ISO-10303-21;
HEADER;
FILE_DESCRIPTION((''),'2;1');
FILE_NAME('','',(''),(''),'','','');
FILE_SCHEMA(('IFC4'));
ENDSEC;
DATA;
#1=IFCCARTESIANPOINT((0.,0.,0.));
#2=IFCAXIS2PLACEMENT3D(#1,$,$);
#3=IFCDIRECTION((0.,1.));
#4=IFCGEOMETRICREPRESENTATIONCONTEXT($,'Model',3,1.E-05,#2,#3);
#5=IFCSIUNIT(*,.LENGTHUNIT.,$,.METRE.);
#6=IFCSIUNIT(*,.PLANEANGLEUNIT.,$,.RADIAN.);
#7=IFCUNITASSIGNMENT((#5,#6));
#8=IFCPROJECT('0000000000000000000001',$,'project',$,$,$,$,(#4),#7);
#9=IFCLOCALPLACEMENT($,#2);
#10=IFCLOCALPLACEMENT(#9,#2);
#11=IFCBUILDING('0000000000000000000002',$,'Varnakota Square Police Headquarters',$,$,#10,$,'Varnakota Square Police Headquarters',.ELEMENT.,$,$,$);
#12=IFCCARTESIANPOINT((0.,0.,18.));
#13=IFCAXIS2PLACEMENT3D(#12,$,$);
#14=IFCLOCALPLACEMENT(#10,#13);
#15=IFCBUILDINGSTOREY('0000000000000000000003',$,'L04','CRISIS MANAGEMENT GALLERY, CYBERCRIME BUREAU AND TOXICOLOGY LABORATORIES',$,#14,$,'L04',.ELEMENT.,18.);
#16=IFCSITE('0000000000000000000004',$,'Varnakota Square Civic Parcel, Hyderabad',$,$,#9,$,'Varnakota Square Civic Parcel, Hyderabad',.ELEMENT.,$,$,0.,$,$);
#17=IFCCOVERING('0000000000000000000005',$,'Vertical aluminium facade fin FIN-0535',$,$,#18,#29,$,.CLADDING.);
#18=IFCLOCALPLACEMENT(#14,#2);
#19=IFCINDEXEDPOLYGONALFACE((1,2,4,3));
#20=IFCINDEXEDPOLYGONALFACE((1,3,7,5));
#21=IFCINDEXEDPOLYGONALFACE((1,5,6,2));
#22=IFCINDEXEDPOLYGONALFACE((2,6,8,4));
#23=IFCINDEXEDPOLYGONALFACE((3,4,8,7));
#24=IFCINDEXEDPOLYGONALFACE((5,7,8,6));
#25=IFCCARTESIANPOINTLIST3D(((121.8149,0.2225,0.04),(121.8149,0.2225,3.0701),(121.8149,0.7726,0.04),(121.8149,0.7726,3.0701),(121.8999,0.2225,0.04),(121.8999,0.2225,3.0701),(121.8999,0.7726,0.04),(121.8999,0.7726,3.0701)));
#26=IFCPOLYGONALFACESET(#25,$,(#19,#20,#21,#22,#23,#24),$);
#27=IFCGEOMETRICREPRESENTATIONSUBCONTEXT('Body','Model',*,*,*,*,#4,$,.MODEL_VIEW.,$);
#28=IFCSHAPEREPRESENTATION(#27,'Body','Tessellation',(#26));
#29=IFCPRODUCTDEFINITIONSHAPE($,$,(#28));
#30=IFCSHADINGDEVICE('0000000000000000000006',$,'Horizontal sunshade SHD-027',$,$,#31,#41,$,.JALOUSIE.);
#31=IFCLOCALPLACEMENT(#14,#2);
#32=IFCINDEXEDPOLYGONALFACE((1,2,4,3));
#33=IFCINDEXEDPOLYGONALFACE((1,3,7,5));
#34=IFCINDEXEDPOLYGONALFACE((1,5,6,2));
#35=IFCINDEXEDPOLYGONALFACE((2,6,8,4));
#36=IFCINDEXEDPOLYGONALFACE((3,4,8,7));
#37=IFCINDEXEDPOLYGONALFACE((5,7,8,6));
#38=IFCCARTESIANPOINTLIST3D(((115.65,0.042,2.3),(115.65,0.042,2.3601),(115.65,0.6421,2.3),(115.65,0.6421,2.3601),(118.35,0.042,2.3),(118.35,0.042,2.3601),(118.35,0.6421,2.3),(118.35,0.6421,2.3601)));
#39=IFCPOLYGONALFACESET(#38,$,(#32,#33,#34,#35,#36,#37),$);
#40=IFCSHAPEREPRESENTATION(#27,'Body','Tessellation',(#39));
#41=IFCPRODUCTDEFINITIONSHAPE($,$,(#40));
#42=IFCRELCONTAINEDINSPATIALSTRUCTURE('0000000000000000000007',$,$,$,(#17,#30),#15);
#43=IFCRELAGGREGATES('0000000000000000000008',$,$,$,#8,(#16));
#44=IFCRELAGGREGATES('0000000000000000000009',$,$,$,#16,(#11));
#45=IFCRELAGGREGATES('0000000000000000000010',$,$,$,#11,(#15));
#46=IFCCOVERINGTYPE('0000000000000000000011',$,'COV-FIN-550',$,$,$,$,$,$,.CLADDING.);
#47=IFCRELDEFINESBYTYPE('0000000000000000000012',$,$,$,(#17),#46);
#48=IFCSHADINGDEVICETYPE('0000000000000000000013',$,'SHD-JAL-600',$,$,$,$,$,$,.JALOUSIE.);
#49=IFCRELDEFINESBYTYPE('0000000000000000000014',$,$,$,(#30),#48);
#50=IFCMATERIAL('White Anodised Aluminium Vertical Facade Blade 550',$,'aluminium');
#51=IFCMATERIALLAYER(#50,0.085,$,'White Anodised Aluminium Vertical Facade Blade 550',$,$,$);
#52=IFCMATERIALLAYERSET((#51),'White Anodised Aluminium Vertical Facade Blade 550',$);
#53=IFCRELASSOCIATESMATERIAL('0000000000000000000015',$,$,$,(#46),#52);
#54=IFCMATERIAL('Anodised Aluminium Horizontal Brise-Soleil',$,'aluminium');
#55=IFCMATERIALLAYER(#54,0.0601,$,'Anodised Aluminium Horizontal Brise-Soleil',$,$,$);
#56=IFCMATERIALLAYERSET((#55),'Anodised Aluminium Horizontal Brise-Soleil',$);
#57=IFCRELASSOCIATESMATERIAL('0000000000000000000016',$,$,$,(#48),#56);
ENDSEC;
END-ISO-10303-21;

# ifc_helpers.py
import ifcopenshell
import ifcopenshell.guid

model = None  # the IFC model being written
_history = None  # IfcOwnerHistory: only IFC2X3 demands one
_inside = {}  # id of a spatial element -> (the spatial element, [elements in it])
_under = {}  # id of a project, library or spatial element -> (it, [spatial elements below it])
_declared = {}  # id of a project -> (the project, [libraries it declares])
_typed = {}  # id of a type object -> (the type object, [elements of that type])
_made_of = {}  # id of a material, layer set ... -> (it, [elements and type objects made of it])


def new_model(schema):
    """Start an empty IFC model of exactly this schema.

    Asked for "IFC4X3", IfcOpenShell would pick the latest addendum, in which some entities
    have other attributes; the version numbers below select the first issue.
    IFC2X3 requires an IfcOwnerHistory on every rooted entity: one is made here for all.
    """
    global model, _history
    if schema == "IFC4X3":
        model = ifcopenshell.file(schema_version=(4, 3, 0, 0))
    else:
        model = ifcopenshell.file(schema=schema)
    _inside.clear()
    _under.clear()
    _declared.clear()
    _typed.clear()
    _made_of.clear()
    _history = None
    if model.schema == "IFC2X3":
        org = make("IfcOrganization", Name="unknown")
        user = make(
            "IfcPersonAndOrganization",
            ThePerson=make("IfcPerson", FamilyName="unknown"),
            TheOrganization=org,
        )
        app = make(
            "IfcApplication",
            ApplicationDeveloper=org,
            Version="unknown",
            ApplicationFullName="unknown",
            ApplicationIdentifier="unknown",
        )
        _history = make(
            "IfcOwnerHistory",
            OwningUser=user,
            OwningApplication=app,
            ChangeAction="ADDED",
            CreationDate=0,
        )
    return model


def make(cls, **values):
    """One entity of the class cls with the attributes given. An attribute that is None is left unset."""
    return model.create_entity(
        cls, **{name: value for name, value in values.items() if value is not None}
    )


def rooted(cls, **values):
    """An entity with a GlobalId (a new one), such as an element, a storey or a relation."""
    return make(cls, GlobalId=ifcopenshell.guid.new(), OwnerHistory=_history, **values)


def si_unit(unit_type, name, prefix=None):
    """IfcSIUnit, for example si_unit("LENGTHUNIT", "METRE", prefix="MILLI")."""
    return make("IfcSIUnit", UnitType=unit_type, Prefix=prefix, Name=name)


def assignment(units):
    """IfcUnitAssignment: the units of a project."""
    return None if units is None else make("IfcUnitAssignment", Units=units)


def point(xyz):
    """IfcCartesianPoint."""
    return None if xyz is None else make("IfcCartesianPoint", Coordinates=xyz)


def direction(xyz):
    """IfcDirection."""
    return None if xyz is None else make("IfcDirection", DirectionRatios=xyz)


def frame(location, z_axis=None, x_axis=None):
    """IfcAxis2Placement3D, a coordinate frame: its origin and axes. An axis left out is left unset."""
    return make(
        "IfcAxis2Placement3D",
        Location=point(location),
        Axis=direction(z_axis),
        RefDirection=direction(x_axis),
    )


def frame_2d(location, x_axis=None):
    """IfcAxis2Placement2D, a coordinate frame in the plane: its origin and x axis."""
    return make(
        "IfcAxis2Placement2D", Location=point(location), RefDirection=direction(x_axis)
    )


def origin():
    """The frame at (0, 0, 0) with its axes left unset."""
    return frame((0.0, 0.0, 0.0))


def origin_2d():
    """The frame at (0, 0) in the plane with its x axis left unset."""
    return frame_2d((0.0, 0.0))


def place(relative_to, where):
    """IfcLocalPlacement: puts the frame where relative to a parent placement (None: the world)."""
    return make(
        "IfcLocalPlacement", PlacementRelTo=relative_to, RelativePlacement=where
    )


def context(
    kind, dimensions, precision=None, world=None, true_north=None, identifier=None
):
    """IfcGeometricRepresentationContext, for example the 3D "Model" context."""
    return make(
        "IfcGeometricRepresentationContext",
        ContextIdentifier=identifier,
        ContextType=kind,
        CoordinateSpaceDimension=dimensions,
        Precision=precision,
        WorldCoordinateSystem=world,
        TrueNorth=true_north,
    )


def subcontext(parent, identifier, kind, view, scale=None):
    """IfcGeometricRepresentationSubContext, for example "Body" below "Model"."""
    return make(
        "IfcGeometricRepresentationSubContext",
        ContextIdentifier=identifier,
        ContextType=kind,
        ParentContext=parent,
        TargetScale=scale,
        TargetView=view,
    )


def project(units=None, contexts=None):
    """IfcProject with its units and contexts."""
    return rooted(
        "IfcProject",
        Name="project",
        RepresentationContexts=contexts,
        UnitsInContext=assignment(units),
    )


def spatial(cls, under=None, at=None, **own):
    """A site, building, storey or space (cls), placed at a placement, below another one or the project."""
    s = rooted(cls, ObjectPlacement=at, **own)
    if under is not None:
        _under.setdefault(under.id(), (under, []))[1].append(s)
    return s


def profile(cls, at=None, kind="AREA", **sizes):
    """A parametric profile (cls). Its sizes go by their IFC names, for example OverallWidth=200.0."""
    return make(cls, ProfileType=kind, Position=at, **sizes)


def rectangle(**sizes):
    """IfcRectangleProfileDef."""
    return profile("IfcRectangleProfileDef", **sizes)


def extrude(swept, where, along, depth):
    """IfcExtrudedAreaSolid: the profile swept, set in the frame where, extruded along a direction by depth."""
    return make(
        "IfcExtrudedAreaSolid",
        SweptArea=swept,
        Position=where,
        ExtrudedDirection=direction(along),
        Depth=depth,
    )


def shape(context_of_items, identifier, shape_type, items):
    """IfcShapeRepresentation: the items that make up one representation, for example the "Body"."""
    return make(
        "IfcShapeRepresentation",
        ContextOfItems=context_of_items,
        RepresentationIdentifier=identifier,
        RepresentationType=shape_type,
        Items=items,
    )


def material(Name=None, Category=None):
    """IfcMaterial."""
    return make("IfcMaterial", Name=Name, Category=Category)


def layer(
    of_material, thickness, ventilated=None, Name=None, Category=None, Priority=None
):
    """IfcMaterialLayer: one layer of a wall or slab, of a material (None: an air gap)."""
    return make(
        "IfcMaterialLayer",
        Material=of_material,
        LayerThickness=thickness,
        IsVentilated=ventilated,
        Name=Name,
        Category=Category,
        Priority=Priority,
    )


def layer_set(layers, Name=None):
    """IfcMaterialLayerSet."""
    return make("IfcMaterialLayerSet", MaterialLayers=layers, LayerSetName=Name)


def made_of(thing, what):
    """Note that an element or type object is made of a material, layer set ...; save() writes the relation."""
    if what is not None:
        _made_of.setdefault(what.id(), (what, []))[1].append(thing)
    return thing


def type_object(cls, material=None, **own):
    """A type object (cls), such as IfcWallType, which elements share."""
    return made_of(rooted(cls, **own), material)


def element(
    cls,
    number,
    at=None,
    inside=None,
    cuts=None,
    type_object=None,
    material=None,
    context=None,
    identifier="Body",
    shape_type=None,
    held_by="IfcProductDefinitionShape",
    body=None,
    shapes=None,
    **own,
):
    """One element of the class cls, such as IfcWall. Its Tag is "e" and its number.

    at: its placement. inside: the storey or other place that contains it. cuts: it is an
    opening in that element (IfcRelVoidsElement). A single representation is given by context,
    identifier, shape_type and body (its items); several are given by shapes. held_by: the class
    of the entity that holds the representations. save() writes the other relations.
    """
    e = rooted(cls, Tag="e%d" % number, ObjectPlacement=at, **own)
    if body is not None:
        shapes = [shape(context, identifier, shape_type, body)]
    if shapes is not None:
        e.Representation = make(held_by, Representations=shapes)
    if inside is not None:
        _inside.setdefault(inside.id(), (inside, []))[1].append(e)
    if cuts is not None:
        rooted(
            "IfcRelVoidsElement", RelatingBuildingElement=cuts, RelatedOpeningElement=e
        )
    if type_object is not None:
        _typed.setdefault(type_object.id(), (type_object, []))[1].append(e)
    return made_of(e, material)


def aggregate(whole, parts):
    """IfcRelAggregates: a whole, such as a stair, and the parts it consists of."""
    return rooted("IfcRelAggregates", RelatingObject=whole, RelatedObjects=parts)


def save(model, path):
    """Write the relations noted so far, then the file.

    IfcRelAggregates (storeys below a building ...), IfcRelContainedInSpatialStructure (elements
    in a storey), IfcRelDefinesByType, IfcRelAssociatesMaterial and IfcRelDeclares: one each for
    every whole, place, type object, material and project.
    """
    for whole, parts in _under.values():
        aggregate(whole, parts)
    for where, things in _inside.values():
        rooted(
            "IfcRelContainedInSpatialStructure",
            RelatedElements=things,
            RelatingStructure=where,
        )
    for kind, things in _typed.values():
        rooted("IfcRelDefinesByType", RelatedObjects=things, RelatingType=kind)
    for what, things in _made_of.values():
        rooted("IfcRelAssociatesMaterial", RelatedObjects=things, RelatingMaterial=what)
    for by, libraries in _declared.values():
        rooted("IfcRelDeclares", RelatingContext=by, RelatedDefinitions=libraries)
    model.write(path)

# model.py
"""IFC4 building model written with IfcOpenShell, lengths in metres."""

from ifc_helpers import new_model, si_unit, direction, frame, origin, origin_2d, place, context, subcontext, project, spatial, rectangle, extrude, material, layer, layer_set, type_object, element, save


model = new_model("IFC4")

# Units and contexts
model_context = context("Model", 3, precision=1e-05, world=origin(), true_north=direction((0.0, 1.0)))
body_context = subcontext(model_context, "Body", "Model", "MODEL_VIEW")
ifc_project = project(units=[si_unit("LENGTHUNIT", "METRE"), si_unit("PLANEANGLEUNIT", "RADIAN")], contexts=[model_context])

# Site, building, storey
site_placement = place(None, origin())
site = spatial("IfcSite", under=ifc_project, at=site_placement, Name="Varnakota Square Civic Parcel, Hyderabad", LongName="Varnakota Square Civic Parcel, Hyderabad", CompositionType="ELEMENT", RefElevation=0.0)
building_placement = place(site_placement, origin())
building = spatial("IfcBuilding", under=site, at=building_placement, Name="Varnakota Square Police Headquarters", LongName="Varnakota Square Police Headquarters", CompositionType="ELEMENT")
storey_placement = place(building_placement, frame((0.0, 0.0, 18.0)))
storey = spatial("IfcBuildingStorey", under=building, at=storey_placement, Name="L04", Description="CRISIS MANAGEMENT GALLERY, CYBERCRIME BUREAU AND TOXICOLOGY LABORATORIES", LongName="L04", CompositionType="ELEMENT", Elevation=18.0)

# Covering
ifc_material_1 = material(Name="White Anodised Aluminium Vertical Facade Blade 550", Category="aluminium")
ifc_layer_1 = layer(ifc_material_1, 0.085, Name="White Anodised Aluminium Vertical Facade Blade 550")
ifc_layer_set_1 = layer_set([ifc_layer_1], Name="White Anodised Aluminium Vertical Facade Blade 550")
covering_type_1 = type_object("IfcCoveringType", Name="COV-FIN-550", PredefinedType="CLADDING", material=ifc_layer_set_1)
covering_1_placement = place(storey_placement, frame((121.8574, 0.4976, 0.04), z_axis=(0.0, 0.0, 1.0), x_axis=(1.0, 0.0, 0.0)))
element("IfcCovering", 1, at=covering_1_placement, inside=storey, type_object=covering_type_1, Name="Vertical aluminium facade fin FIN-0535", PredefinedType="CLADDING", context=body_context, shape_type="SweptSolid", body=[
    extrude(rectangle(XDim=0.085, YDim=0.55, at=origin_2d()), origin(), (0.0, 0.0, 1.0), 3.03),
])

# Shading device
ifc_material_2 = material(Name="Anodised Aluminium Horizontal Brise-Soleil", Category="aluminium")
ifc_layer_2 = layer(ifc_material_2, 0.0601, Name="Anodised Aluminium Horizontal Brise-Soleil")
ifc_layer_set_2 = layer_set([ifc_layer_2], Name="Anodised Aluminium Horizontal Brise-Soleil")
shading_device_type = type_object("IfcShadingDeviceType", Name="SHD-JAL-600", PredefinedType="JALOUSIE", material=ifc_layer_set_2)
shading_device_placement = place(storey_placement, frame((117.0, 0.342, 2.3), z_axis=(0.0, 0.0, 1.0), x_axis=(1.0, 0.0, 0.0)))
element("IfcShadingDevice", 2, at=shading_device_placement, inside=storey, type_object=shading_device_type, Name="Horizontal sunshade SHD-027", PredefinedType="JALOUSIE", context=body_context, shape_type="SweptSolid", body=[
    extrude(rectangle(XDim=2.7, YDim=0.6001, at=origin_2d()), origin(), (0.0, 0.0, 1.0), 0.0601),
])

save(model, "model.ifc")
